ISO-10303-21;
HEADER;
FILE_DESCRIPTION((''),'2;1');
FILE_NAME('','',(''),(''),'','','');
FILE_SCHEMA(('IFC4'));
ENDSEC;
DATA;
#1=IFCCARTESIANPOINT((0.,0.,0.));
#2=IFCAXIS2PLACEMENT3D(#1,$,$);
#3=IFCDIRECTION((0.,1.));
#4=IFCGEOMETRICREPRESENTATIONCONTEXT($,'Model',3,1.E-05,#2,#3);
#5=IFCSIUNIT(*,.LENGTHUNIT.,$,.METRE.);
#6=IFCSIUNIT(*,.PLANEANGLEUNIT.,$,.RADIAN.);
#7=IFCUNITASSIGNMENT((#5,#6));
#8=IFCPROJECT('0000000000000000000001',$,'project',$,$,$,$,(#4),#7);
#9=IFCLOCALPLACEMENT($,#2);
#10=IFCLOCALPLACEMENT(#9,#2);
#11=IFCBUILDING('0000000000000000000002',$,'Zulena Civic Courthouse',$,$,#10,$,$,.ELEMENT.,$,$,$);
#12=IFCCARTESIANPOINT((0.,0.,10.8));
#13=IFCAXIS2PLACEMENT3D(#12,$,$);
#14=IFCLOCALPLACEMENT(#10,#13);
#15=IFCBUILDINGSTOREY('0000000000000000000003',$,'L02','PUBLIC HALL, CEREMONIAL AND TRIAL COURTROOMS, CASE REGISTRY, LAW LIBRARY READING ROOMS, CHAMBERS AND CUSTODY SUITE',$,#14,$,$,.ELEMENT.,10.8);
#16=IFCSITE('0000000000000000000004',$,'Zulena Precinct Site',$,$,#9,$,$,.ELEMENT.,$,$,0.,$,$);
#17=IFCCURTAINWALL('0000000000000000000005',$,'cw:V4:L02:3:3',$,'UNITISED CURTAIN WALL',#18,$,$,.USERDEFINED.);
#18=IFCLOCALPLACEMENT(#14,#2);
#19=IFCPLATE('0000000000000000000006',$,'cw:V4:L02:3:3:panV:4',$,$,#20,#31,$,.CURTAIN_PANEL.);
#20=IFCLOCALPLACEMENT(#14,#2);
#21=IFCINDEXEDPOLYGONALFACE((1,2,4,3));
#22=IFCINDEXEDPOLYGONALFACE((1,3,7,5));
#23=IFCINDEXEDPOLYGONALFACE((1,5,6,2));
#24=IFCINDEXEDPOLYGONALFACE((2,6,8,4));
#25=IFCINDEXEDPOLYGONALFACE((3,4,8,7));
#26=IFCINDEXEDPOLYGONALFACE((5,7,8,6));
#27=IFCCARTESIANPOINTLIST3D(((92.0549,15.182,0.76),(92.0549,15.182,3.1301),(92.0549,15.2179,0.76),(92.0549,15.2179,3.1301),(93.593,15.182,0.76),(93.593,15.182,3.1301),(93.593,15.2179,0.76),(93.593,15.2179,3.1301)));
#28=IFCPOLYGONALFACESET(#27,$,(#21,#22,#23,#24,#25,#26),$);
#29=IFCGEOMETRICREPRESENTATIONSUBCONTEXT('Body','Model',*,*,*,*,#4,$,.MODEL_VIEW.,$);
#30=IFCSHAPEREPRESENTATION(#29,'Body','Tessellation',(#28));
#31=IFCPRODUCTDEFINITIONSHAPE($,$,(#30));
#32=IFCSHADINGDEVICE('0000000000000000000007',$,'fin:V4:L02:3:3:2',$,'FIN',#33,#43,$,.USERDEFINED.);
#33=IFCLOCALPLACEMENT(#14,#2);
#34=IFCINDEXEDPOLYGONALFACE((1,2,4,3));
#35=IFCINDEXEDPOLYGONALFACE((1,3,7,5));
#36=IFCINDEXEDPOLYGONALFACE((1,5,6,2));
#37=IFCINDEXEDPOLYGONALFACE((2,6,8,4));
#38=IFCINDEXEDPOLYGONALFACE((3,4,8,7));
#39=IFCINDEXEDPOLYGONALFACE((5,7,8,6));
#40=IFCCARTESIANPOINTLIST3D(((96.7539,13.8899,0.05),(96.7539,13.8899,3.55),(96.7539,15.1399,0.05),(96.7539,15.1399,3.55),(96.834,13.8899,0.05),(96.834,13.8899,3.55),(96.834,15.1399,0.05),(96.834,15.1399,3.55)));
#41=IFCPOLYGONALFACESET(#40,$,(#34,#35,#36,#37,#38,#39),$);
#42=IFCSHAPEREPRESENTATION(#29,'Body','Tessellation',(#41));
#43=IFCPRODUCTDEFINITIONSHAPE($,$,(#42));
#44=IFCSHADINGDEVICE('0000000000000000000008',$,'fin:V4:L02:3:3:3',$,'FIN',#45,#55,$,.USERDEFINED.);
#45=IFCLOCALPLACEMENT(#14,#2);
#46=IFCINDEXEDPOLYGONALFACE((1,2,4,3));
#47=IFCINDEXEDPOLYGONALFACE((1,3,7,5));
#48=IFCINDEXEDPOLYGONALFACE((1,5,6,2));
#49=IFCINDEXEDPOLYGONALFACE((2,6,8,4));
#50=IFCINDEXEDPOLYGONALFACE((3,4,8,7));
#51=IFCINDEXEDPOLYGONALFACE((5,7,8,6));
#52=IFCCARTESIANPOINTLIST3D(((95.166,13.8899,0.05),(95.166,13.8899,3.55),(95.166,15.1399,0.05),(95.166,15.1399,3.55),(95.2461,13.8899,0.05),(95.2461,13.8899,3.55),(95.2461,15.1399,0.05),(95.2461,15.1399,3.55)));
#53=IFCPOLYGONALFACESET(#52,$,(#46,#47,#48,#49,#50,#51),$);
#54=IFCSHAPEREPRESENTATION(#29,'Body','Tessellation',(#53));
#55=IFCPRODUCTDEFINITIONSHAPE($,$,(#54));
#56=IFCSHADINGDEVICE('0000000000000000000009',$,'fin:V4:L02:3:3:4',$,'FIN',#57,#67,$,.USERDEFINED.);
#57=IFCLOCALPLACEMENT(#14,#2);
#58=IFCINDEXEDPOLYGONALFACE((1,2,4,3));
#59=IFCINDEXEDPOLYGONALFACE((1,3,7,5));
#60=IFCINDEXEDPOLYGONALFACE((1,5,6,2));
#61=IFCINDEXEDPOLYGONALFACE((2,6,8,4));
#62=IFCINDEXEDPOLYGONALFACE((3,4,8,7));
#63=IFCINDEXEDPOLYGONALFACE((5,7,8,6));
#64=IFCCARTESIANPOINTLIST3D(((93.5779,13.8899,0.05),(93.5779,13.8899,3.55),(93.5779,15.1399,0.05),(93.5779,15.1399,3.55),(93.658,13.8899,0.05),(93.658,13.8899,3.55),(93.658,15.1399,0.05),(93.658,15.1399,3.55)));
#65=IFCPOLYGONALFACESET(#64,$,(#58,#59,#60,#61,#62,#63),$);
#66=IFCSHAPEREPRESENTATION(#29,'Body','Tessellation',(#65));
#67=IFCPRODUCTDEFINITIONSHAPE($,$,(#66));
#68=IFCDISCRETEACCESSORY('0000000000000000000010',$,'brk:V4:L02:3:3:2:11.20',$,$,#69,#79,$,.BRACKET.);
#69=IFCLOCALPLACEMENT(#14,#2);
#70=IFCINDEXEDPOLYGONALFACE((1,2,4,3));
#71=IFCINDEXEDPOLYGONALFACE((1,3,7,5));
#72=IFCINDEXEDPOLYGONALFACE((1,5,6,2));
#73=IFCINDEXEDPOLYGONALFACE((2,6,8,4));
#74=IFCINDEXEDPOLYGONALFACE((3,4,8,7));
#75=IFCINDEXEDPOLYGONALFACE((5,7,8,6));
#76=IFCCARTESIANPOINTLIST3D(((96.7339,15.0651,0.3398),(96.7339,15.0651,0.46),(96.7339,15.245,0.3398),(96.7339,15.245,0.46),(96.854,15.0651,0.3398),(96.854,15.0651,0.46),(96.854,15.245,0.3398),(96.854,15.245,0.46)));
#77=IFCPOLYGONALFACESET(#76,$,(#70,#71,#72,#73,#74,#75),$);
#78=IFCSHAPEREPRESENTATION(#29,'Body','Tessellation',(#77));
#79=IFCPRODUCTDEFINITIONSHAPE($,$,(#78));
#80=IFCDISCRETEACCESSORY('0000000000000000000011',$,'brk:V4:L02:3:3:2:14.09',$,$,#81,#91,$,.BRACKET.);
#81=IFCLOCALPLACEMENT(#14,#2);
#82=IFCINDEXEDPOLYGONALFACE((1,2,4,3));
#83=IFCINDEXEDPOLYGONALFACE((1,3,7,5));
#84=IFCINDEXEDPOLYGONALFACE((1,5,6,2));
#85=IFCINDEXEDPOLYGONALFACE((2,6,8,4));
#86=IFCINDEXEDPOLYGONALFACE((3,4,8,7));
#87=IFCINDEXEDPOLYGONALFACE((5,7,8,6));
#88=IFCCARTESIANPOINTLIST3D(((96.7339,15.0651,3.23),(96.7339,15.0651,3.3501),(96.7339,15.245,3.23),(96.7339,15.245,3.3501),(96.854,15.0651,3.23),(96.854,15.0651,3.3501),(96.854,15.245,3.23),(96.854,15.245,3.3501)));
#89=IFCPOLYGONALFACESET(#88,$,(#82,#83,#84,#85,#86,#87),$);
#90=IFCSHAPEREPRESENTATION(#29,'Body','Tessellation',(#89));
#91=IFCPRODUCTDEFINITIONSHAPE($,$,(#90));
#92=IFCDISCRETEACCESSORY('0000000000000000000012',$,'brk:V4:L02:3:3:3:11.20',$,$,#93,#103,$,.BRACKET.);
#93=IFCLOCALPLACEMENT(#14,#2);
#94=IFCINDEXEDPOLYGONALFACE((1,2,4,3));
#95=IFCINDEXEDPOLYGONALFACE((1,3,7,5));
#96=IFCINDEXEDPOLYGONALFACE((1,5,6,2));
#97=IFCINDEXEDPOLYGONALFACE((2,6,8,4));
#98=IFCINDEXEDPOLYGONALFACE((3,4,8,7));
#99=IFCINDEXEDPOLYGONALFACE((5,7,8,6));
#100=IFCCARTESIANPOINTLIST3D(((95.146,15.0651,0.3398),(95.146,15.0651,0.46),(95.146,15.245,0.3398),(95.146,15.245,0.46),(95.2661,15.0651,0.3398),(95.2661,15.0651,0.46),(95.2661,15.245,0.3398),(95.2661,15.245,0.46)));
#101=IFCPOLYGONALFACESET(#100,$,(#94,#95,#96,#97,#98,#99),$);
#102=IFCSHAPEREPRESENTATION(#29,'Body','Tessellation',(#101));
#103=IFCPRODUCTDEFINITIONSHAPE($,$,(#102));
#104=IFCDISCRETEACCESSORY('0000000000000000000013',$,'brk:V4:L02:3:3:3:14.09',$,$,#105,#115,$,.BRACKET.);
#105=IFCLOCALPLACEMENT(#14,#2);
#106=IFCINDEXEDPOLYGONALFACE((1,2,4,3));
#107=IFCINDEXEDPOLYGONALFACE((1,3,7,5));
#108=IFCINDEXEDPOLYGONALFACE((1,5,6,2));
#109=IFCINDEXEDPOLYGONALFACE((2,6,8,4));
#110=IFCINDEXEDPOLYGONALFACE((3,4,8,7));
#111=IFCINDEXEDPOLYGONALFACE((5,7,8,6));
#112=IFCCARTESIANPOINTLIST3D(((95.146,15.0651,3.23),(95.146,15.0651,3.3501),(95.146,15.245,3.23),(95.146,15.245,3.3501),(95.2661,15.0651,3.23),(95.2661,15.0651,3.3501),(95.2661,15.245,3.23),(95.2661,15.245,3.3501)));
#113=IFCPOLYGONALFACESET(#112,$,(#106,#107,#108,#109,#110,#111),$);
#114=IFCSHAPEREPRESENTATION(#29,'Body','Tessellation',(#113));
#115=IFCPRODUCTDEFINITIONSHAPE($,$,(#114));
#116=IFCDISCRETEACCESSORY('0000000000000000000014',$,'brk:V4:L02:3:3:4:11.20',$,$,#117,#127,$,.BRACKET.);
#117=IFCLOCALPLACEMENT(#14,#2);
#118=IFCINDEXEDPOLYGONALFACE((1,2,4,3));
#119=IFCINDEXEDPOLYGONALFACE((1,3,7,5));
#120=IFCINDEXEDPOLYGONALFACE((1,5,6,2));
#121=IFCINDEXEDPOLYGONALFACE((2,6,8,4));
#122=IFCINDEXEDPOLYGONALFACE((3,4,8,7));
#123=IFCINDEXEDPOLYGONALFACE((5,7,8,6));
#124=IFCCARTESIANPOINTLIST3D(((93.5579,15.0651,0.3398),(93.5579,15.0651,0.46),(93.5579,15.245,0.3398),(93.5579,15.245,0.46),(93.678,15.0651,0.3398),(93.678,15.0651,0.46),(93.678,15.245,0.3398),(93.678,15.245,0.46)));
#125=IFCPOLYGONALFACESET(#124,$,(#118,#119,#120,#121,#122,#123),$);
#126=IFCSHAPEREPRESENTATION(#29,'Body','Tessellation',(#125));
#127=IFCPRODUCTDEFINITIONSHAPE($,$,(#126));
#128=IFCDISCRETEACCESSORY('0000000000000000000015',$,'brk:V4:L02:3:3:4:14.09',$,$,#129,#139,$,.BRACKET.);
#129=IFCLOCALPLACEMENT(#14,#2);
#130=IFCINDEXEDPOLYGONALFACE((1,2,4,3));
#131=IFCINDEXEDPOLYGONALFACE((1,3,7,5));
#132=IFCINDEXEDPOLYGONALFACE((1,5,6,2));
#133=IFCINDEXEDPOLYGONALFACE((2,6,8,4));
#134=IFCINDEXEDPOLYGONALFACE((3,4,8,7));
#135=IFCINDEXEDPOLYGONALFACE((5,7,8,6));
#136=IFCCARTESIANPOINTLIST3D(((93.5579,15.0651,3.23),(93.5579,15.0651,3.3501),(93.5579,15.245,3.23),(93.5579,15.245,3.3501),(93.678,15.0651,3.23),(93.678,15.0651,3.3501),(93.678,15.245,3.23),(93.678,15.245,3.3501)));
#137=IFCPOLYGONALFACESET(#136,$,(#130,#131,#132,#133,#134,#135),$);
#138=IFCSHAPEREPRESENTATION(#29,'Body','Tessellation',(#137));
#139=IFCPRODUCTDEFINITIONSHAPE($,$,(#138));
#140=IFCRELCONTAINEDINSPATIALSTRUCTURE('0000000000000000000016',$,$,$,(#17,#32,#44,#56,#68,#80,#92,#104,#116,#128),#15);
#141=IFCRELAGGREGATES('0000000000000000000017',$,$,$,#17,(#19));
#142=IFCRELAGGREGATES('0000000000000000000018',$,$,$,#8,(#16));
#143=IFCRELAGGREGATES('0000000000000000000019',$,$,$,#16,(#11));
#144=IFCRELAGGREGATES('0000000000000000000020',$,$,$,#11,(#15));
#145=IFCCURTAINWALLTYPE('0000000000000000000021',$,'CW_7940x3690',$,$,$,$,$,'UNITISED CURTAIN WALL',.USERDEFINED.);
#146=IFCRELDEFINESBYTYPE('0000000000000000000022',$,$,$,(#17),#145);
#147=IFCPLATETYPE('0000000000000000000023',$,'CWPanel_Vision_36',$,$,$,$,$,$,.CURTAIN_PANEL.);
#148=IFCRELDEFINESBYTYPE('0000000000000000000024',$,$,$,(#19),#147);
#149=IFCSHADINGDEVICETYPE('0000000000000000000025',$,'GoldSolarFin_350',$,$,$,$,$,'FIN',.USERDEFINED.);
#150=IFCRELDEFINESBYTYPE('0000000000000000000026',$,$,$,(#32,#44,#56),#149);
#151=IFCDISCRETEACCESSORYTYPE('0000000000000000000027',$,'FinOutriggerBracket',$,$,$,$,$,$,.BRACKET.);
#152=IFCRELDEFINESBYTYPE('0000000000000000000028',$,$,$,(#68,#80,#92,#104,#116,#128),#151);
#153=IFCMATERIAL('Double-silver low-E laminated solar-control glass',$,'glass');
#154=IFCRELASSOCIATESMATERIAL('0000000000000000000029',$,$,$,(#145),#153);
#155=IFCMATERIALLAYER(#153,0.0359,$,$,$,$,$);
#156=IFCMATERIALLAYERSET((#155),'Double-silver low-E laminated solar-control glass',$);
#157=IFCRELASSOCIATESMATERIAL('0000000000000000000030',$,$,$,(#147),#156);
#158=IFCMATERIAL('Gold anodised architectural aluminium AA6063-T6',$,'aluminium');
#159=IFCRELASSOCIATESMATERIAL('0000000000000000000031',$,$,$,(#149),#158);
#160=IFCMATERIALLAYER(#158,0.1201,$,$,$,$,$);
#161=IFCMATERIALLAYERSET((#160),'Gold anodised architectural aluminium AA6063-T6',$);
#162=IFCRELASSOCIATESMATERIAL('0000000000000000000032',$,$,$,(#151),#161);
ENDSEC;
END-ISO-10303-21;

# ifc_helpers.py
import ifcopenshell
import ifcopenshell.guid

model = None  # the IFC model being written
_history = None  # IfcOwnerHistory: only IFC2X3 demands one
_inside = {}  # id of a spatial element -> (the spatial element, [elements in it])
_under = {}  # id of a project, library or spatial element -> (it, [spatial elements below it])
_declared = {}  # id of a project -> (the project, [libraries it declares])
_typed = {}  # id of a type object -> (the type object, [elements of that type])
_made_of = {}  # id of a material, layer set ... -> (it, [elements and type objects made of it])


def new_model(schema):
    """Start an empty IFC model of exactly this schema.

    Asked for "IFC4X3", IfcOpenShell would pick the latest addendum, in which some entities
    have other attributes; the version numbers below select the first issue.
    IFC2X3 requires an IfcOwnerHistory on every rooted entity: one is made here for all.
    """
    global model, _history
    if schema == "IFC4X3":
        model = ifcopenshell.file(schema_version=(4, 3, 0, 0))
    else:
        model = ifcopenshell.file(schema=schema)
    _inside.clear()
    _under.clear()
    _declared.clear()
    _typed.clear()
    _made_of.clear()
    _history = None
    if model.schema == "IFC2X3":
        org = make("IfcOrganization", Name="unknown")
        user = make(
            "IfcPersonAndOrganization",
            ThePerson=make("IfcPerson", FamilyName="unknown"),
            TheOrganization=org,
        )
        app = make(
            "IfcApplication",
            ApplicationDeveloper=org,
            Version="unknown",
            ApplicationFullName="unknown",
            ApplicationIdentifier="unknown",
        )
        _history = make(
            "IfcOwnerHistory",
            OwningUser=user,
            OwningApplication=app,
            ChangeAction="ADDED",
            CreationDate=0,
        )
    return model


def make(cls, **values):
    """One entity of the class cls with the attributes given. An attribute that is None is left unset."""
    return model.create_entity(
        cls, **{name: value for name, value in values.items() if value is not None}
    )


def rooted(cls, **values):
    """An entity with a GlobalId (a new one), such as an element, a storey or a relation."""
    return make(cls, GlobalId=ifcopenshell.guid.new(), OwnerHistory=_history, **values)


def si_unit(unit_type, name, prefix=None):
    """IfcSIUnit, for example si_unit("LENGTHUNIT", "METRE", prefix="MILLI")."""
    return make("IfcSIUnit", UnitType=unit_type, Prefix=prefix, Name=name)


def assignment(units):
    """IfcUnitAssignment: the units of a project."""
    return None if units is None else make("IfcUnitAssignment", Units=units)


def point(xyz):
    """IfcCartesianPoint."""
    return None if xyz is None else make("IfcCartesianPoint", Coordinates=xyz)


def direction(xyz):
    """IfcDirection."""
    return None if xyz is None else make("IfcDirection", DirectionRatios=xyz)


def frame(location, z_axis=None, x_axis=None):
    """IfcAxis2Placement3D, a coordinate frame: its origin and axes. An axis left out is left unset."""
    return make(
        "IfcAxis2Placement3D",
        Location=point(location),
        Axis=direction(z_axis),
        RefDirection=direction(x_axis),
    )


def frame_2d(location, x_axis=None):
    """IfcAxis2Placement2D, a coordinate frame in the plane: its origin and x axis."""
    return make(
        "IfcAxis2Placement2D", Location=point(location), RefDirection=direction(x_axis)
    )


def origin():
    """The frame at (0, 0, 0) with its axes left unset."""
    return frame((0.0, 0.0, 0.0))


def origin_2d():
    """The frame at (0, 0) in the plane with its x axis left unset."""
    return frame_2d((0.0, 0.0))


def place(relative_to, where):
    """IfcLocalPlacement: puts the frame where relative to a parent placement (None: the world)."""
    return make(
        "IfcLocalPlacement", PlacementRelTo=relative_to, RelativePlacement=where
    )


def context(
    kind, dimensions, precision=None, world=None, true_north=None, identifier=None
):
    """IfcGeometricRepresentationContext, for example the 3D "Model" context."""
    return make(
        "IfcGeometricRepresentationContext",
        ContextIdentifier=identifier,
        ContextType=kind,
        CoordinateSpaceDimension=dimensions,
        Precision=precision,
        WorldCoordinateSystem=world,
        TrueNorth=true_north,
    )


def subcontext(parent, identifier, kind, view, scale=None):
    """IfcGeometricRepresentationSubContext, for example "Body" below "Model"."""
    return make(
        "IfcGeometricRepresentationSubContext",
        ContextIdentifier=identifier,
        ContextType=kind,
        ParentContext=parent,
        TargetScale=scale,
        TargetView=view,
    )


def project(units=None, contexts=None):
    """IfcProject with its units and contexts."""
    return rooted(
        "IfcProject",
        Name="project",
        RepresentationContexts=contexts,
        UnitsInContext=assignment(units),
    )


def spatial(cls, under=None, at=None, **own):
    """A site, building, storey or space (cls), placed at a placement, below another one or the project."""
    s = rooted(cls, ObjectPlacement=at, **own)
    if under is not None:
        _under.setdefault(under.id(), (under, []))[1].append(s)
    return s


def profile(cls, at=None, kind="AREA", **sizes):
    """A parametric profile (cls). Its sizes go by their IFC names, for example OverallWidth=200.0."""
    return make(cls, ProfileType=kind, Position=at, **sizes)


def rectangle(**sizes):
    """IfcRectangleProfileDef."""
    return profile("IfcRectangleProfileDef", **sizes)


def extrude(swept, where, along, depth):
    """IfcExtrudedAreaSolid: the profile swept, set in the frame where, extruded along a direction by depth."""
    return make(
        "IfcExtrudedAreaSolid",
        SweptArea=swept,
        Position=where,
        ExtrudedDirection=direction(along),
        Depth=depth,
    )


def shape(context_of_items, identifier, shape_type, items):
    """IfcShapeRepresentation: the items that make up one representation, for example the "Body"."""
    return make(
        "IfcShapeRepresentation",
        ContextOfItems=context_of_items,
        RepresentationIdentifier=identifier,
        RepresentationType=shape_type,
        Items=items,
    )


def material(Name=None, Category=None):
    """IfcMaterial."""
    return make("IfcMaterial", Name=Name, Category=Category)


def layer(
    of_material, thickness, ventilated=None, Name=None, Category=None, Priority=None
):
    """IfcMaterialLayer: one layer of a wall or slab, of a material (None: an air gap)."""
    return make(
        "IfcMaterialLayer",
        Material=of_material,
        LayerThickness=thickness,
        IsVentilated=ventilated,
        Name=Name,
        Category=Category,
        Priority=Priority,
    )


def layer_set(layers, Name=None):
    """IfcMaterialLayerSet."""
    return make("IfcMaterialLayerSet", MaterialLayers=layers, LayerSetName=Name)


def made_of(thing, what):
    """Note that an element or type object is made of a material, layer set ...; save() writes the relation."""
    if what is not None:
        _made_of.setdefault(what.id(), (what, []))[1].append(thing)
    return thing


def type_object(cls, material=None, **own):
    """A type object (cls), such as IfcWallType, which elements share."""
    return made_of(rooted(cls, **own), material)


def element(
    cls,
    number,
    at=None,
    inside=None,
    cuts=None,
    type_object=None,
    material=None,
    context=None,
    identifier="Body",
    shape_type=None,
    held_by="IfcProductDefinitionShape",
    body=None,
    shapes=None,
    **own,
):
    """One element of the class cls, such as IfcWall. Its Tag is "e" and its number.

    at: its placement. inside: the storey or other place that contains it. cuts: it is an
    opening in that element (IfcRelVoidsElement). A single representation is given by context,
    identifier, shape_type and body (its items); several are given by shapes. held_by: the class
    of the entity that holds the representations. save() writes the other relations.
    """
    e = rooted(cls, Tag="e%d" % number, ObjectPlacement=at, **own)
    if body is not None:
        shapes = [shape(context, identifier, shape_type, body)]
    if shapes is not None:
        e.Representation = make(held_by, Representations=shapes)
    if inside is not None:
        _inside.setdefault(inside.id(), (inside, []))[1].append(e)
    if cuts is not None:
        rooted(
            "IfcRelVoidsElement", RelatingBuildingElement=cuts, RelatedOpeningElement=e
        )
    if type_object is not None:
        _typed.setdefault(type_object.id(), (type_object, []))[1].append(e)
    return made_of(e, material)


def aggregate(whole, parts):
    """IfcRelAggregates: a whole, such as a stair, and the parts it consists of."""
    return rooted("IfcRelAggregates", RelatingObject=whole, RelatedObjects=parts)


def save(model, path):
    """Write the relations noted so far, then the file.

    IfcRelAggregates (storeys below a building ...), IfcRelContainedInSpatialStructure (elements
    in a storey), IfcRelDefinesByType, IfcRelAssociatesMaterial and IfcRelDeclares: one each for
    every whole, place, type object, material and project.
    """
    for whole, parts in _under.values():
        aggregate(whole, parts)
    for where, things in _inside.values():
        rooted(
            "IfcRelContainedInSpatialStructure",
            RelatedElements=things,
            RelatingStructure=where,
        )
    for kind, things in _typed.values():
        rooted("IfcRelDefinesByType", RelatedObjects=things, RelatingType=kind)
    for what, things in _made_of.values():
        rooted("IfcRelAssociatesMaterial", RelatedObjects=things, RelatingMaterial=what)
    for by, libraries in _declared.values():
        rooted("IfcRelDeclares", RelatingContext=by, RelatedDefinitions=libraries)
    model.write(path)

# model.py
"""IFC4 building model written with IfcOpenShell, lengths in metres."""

from ifc_helpers import new_model, si_unit, direction, frame, origin, origin_2d, place, context, subcontext, project, spatial, rectangle, extrude, material, layer, layer_set, type_object, element, aggregate, save


model = new_model("IFC4")

# Units and contexts
model_context = context("Model", 3, precision=1e-05, world=origin(), true_north=direction((0.0, 1.0)))
body_context = subcontext(model_context, "Body", "Model", "MODEL_VIEW")
ifc_project = project(units=[si_unit("LENGTHUNIT", "METRE"), si_unit("PLANEANGLEUNIT", "RADIAN")], contexts=[model_context])

# Site, building, storey
site_placement = place(None, origin())
site = spatial("IfcSite", under=ifc_project, at=site_placement, Name="Zulena Precinct Site", CompositionType="ELEMENT", RefElevation=0.0)
building_placement = place(site_placement, origin())
building = spatial("IfcBuilding", under=site, at=building_placement, Name="Zulena Civic Courthouse", CompositionType="ELEMENT")
storey_placement = place(building_placement, frame((0.0, 0.0, 10.8)))
storey = spatial("IfcBuildingStorey", under=building, at=storey_placement, Name="L02", Description="PUBLIC HALL, CEREMONIAL AND TRIAL COURTROOMS, CASE REGISTRY, LAW LIBRARY READING ROOMS, CHAMBERS AND CUSTODY SUITE", CompositionType="ELEMENT", Elevation=10.8)

# Curtain wall
ifc_material_1 = material(Name="Double-silver low-E laminated solar-control glass", Category="glass")
curtain_wall_type = type_object("IfcCurtainWallType", Name="CW_7940x3690", ElementType="UNITISED CURTAIN WALL", PredefinedType="USERDEFINED", material=ifc_material_1)
curtain_wall_1_placement = place(storey_placement, origin())
curtain_wall_1 = element("IfcCurtainWall", 1, at=curtain_wall_1_placement, inside=storey, type_object=curtain_wall_type, Name="cw:V4:L02:3:3", ObjectType="UNITISED CURTAIN WALL", PredefinedType="USERDEFINED")

# Plate
ifc_layer_1 = layer(ifc_material_1, 0.0359)
ifc_layer_set_1 = layer_set([ifc_layer_1], Name="Double-silver low-E laminated solar-control glass")
plate_type_1 = type_object("IfcPlateType", Name="CWPanel_Vision_36", PredefinedType="CURTAIN_PANEL", material=ifc_layer_set_1)
plate_1_placement = place(storey_placement, frame((92.824, 15.2, 0.76), z_axis=(0.0, 0.0, 1.0), x_axis=(-1.0, 0.0, 0.0)))
plate_1 = element("IfcPlate", 2, at=plate_1_placement, type_object=plate_type_1, Name="cw:V4:L02:3:3:panV:4", PredefinedType="CURTAIN_PANEL", context=body_context, shape_type="SweptSolid", body=[
    extrude(rectangle(XDim=1.5381, YDim=0.0359, at=origin_2d()), origin(), (0.0, 0.0, 1.0), 2.3701),
])
aggregate(curtain_wall_1, [plate_1])

# Shading devices
ifc_material_2 = material(Name="Gold anodised architectural aluminium AA6063-T6", Category="aluminium")
shading_device_type = type_object("IfcShadingDeviceType", Name="GoldSolarFin_350", ElementType="FIN", PredefinedType="USERDEFINED", material=ifc_material_2)
for number, where, z_axis, x_axis, name in (
    (3, (96.7939, 14.5149, 0.05), (0.0, 0.0, 1.0), (0.0, -1.0, 0.0), "fin:V4:L02:3:3:2"),
    (4, (95.2061, 14.5149, 0.05), (0.0, 0.0, 1.0), (0.0, -1.0, 0.0), "fin:V4:L02:3:3:3"),
    (5, (93.6179, 14.5149, 0.05), (0.0, 0.0, 1.0), (0.0, -1.0, 0.0), "fin:V4:L02:3:3:4"),
):
    element("IfcShadingDevice", number, at=place(storey_placement, frame(where, z_axis=z_axis, x_axis=x_axis)), inside=storey, type_object=shading_device_type, Name=name, ObjectType="FIN", PredefinedType="USERDEFINED", context=body_context, shape_type="SweptSolid", body=[
        extrude(rectangle(XDim=1.25, YDim=0.0801, at=origin_2d()), origin(), (0.0, 0.0, 1.0), 3.5),
    ])

# Discrete accessories
ifc_layer_2 = layer(ifc_material_2, 0.1201)
ifc_layer_set_2 = layer_set([ifc_layer_2], Name="Gold anodised architectural aluminium AA6063-T6")
discrete_accessory_type = type_object("IfcDiscreteAccessoryType", Name="FinOutriggerBracket", PredefinedType="BRACKET", material=ifc_layer_set_2)
for number, where, z_axis, x_axis, name in (
    (6, (96.7939, 15.155, 0.3398), (0.0, 0.0, 1.0), (0.0, -1.0, 0.0), "brk:V4:L02:3:3:2:11.20"),
    (7, (96.7939, 15.155, 3.23), (0.0, 0.0, 1.0), (0.0, -1.0, 0.0), "brk:V4:L02:3:3:2:14.09"),
    (8, (95.2061, 15.155, 0.3398), (0.0, 0.0, 1.0), (0.0, -1.0, 0.0), "brk:V4:L02:3:3:3:11.20"),
    (9, (95.2061, 15.155, 3.23), (0.0, 0.0, 1.0), (0.0, -1.0, 0.0), "brk:V4:L02:3:3:3:14.09"),
    (10, (93.6179, 15.155, 0.3398), (0.0, 0.0, 1.0), (0.0, -1.0, 0.0), "brk:V4:L02:3:3:4:11.20"),
    (11, (93.6179, 15.155, 3.23), (0.0, 0.0, 1.0), (0.0, -1.0, 0.0), "brk:V4:L02:3:3:4:14.09"),
):
    element("IfcDiscreteAccessory", number, at=place(storey_placement, frame(where, z_axis=z_axis, x_axis=x_axis)), inside=storey, type_object=discrete_accessory_type, Name=name, PredefinedType="BRACKET", context=body_context, shape_type="SweptSolid", body=[
        extrude(rectangle(XDim=0.1799, YDim=0.1201, at=origin_2d()), origin(), (0.0, 0.0, 1.0), 0.1201),
    ])

save(model, "model.ifc")
